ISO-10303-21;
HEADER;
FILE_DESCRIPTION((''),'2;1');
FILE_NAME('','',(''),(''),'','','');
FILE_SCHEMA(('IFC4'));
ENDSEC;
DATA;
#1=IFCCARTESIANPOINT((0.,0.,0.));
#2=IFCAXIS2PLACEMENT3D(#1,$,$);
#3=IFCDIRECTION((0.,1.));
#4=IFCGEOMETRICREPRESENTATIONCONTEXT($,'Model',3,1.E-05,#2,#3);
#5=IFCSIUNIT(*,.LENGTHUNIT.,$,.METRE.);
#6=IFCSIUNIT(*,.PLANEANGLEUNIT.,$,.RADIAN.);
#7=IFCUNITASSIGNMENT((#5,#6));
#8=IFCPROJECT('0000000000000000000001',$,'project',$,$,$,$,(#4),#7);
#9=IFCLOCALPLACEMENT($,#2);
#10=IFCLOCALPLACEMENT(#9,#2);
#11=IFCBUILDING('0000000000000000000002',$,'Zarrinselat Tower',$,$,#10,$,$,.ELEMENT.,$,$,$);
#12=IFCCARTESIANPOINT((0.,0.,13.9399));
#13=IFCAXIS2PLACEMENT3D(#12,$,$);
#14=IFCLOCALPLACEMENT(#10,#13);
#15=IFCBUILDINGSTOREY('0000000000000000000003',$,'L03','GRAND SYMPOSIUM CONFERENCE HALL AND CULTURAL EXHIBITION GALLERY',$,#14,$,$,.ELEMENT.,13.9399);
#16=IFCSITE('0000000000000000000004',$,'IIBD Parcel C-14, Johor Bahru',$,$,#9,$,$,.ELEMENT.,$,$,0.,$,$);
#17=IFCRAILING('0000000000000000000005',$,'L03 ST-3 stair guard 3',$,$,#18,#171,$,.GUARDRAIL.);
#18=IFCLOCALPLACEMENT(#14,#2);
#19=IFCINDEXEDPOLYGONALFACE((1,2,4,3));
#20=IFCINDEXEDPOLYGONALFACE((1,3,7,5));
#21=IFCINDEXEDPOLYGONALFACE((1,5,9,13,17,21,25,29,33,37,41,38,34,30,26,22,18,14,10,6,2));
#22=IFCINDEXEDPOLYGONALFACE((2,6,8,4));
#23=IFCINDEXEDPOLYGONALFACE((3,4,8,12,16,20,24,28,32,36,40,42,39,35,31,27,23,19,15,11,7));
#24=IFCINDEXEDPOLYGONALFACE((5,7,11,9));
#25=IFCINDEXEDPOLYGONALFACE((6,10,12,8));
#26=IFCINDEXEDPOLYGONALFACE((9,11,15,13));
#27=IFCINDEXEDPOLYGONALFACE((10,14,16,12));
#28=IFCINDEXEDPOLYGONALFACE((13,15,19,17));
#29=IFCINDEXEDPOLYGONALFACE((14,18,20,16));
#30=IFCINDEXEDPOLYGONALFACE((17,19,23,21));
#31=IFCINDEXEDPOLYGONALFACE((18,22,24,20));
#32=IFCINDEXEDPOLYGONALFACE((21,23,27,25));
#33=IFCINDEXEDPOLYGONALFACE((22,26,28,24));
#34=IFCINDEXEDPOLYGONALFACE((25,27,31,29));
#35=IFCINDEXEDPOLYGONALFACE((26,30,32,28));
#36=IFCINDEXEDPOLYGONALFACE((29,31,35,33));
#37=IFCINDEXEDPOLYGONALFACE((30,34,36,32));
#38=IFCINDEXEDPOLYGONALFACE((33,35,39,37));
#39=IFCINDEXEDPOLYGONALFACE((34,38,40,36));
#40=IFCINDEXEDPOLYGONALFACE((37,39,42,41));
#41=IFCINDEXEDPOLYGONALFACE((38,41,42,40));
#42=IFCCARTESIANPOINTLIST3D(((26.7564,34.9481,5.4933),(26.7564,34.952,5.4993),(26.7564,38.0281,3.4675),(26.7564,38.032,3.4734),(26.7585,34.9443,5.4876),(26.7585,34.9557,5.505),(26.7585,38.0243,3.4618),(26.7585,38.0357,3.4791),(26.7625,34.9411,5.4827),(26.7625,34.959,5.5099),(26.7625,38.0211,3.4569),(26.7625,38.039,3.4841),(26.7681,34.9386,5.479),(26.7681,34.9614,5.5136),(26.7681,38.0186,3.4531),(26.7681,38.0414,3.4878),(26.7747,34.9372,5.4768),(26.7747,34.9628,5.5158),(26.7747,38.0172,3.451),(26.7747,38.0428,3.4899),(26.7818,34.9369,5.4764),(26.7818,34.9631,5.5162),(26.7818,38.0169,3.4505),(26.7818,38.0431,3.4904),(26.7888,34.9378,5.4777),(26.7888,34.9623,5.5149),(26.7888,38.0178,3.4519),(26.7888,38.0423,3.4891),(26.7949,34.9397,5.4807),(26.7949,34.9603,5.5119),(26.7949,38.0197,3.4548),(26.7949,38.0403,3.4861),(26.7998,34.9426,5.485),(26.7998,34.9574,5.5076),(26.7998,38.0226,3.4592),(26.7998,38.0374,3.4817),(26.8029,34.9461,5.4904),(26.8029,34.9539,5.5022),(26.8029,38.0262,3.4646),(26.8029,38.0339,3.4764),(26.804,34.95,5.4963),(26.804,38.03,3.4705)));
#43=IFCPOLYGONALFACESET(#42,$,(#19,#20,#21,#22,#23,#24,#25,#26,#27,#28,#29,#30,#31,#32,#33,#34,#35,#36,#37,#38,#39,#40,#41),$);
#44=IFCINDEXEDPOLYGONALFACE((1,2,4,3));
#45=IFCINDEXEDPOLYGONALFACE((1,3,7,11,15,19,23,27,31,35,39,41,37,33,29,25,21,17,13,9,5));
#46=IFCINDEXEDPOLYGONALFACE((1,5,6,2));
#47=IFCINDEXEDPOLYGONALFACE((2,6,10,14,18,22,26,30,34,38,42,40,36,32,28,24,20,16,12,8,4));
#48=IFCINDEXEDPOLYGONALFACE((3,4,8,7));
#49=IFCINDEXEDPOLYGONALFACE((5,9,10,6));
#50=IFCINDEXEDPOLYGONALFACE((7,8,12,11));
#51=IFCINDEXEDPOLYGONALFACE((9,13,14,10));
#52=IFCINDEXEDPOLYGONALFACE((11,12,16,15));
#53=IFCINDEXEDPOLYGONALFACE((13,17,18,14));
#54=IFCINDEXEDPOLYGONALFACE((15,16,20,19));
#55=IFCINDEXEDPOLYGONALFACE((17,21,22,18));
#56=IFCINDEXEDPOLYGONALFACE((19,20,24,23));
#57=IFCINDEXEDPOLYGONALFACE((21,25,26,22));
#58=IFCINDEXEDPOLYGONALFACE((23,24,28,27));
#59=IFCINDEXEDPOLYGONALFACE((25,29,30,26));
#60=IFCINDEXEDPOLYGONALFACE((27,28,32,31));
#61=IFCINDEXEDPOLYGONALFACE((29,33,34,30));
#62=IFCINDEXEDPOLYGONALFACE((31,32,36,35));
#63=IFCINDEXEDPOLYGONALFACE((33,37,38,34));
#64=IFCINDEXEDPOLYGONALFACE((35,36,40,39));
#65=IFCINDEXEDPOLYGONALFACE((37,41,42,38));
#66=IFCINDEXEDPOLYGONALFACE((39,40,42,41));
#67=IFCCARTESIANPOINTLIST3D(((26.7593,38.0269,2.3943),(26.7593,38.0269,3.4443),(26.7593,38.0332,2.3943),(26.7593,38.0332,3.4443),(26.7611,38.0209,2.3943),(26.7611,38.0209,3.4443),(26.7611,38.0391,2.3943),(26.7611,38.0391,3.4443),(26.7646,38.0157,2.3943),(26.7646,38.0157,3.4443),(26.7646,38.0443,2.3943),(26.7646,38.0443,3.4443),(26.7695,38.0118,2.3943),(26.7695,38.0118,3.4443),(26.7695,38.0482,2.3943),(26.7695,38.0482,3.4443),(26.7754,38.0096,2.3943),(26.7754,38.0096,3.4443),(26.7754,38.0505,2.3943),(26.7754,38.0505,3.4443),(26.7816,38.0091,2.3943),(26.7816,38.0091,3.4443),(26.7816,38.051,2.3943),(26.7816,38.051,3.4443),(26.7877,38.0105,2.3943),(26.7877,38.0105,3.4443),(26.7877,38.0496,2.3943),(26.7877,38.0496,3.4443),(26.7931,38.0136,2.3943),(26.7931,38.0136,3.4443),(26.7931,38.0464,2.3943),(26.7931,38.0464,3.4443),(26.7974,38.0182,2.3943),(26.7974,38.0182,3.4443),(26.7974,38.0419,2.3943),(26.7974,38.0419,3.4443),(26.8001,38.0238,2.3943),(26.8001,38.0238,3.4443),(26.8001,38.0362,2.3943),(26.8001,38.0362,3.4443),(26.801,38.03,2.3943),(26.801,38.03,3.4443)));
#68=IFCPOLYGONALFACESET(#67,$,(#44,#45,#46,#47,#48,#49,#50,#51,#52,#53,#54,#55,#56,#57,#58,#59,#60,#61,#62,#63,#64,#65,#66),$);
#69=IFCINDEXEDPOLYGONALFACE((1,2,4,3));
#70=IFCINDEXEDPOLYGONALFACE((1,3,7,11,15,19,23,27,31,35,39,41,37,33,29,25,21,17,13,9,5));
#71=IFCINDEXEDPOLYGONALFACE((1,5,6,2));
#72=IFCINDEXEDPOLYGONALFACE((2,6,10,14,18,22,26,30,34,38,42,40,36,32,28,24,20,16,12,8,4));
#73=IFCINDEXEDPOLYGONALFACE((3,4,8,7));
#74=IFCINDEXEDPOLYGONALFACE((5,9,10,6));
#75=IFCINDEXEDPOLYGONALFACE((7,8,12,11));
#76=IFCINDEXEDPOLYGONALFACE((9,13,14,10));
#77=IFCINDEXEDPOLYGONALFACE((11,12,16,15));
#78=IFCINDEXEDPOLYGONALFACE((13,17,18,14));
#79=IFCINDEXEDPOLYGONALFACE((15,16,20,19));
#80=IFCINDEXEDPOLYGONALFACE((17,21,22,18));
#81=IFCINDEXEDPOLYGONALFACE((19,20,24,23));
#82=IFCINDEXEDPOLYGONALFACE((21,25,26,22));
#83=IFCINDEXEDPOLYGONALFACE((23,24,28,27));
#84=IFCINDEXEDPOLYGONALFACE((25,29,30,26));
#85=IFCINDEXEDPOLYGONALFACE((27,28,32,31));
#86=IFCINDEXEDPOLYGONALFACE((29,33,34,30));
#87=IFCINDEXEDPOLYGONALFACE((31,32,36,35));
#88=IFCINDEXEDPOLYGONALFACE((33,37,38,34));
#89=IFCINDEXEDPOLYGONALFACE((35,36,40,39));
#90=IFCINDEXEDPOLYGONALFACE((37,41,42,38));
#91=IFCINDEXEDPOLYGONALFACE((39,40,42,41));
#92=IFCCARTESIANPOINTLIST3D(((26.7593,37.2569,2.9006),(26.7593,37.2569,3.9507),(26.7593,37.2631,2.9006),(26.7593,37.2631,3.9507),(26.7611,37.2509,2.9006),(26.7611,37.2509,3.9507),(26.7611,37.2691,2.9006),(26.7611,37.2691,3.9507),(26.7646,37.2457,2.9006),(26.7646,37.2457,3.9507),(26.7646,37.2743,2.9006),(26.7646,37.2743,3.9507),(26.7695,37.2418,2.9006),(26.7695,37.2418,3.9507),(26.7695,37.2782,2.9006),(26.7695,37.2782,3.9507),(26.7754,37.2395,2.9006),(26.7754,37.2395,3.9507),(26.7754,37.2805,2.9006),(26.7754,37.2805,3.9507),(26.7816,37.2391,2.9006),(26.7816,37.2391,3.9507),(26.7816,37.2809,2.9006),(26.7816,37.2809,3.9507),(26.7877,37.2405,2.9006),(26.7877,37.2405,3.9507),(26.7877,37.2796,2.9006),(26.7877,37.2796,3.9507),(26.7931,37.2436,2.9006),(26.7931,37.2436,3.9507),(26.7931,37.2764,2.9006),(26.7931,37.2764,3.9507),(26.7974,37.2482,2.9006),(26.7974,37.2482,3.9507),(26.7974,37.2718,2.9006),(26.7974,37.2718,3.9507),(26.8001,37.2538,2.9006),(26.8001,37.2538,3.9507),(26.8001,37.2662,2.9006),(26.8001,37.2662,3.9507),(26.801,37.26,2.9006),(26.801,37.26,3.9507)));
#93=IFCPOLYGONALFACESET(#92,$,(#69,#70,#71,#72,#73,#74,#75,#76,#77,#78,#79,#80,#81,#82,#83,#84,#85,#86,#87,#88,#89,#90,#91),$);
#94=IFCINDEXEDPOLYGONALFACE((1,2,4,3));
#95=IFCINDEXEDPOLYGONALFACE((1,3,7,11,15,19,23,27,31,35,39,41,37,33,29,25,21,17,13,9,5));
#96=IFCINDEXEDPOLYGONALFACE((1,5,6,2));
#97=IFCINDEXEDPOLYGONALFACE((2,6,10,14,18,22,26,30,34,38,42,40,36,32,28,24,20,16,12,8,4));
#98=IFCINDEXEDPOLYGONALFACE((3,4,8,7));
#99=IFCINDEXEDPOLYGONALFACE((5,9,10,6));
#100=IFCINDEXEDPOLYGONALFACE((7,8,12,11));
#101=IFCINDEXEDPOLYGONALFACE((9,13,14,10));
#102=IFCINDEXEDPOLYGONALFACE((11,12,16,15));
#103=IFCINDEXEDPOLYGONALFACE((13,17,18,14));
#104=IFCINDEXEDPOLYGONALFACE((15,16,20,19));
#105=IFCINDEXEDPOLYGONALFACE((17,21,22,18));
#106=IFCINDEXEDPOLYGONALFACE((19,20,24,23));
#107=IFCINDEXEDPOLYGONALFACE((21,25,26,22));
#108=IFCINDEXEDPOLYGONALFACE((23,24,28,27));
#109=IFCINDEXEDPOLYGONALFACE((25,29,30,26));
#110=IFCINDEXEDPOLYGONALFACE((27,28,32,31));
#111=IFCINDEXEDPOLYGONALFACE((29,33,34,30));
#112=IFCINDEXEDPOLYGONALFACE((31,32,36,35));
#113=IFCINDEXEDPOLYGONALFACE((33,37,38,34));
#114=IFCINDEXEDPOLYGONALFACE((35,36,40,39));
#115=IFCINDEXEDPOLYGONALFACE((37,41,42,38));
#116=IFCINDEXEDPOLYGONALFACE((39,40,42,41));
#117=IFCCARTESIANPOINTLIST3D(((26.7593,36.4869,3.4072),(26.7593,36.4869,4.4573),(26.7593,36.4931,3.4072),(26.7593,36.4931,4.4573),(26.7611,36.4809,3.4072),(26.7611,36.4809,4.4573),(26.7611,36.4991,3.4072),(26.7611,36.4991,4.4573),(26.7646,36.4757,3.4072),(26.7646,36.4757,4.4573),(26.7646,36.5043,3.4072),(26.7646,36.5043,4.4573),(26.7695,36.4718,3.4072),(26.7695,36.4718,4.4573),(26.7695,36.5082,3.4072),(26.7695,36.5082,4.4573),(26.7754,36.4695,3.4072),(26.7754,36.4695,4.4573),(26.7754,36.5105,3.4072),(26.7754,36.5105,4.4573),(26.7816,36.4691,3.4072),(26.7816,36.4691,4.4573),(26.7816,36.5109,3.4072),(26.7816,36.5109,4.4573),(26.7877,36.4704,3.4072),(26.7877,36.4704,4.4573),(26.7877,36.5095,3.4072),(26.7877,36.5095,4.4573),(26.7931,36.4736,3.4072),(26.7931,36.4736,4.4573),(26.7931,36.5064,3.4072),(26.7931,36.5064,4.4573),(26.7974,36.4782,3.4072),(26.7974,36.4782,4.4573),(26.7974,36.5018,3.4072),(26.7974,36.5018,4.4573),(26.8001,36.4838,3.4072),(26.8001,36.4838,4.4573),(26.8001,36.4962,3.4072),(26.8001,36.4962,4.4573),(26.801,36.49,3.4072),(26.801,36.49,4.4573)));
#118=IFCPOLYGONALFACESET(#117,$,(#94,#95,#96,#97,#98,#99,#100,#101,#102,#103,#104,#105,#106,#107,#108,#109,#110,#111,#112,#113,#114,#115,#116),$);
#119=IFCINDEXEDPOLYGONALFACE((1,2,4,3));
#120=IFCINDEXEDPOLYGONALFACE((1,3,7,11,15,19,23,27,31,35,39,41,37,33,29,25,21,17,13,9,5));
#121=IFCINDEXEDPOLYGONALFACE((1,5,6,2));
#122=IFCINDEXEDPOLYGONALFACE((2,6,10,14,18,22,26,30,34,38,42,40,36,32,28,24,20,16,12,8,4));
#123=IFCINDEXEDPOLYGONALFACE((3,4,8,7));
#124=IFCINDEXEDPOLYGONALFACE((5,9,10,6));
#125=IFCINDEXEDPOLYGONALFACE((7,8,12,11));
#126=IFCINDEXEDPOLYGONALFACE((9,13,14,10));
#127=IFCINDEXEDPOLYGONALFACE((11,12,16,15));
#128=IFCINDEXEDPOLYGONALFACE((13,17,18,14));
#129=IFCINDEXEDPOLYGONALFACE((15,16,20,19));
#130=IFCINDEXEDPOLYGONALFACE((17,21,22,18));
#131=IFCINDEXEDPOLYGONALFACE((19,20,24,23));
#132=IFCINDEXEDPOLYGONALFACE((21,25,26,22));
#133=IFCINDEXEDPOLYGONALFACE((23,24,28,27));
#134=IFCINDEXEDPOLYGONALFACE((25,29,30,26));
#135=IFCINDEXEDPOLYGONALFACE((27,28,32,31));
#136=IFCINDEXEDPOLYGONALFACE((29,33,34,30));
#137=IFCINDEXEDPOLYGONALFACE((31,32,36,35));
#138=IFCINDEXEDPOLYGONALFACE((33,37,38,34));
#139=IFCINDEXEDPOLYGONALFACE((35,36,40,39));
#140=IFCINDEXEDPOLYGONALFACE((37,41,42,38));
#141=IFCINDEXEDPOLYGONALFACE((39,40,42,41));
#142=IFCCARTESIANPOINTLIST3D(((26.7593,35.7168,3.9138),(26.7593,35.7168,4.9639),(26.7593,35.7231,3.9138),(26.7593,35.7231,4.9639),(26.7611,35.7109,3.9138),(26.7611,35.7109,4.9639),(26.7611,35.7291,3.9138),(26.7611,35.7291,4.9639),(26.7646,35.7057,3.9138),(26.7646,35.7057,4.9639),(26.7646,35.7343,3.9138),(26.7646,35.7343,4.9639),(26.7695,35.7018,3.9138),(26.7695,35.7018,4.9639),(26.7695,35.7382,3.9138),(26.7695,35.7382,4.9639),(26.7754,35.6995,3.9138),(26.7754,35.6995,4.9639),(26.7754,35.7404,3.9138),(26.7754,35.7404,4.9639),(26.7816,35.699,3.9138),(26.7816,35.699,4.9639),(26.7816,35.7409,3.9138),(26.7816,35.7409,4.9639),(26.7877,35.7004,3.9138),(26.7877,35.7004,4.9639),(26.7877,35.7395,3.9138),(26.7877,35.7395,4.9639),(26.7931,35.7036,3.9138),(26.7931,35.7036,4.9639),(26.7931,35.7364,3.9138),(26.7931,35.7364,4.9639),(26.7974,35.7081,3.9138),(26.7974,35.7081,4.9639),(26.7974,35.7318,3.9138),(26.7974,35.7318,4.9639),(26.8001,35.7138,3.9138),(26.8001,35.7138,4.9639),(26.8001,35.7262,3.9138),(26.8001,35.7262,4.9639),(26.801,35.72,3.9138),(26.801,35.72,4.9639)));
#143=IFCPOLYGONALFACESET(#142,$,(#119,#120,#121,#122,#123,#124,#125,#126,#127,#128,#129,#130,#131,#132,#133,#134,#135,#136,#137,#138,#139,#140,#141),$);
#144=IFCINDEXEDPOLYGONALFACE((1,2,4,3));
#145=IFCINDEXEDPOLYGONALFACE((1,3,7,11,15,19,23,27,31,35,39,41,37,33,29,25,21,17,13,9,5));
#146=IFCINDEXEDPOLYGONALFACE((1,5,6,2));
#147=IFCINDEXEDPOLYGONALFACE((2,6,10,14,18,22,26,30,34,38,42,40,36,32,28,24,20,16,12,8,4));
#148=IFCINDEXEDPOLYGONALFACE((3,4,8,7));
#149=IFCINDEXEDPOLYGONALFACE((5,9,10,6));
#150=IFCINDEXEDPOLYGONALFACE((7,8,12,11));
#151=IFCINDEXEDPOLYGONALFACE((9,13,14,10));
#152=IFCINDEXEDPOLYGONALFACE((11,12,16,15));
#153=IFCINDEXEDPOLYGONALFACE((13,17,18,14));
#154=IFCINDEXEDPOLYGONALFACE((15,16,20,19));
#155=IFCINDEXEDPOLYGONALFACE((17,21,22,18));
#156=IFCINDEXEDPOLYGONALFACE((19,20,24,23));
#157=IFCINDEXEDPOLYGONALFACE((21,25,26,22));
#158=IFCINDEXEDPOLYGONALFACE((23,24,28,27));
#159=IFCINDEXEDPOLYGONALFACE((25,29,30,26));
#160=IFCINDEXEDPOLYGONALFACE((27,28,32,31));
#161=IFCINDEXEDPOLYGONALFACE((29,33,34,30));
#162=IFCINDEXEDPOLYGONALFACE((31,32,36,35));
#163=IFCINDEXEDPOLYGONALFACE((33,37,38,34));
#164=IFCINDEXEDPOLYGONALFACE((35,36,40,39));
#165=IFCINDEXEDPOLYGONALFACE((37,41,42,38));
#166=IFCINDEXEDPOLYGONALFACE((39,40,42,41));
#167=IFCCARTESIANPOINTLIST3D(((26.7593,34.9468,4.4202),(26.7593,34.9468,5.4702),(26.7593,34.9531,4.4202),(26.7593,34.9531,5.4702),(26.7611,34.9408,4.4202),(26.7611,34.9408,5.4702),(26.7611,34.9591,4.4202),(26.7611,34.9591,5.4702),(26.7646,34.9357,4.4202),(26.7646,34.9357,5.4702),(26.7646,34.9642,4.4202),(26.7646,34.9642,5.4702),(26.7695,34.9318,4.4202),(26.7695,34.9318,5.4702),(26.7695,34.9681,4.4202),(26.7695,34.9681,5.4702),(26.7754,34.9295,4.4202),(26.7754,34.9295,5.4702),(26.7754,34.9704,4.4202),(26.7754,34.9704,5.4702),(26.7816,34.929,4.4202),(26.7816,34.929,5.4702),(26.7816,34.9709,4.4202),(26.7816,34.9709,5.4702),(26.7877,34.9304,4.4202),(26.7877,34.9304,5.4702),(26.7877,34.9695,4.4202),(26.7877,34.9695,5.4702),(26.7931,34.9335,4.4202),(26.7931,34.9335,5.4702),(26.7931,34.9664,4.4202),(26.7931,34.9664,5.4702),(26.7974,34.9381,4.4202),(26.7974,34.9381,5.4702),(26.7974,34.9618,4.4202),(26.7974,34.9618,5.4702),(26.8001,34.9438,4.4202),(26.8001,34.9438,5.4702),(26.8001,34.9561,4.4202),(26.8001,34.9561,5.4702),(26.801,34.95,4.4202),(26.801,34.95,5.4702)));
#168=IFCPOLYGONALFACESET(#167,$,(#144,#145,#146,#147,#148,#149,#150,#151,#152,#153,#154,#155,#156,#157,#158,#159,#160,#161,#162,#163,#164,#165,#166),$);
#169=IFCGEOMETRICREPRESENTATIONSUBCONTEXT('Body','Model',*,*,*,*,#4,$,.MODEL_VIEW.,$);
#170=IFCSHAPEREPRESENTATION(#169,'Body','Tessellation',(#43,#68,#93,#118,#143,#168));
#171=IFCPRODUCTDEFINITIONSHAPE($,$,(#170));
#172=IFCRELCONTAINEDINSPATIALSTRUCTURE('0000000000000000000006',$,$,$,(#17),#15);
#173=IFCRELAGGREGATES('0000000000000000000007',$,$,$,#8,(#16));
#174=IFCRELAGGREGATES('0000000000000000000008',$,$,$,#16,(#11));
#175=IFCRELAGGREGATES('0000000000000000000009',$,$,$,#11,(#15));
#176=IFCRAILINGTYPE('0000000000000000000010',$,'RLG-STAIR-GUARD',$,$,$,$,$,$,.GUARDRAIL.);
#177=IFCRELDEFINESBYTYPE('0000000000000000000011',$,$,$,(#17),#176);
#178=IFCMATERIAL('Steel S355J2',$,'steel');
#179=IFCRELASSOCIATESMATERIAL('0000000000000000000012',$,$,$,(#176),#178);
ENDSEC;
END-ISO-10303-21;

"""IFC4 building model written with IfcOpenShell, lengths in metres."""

from ifc_helpers import new_model, si_unit, direction, frame, origin, origin_2d, place, context, subcontext, project, spatial, circle, extrude, material, type_object, element, save


model = new_model("IFC4")

# Units and contexts
model_context = context("Model", 3, precision=1e-05, world=origin(), true_north=direction((0.0, 1.0)))
body_context = subcontext(model_context, "Body", "Model", "MODEL_VIEW")
ifc_project = project(units=[si_unit("LENGTHUNIT", "METRE"), si_unit("PLANEANGLEUNIT", "RADIAN")], contexts=[model_context])

# Site, building, storey
site_placement = place(None, origin())
site = spatial("IfcSite", under=ifc_project, at=site_placement, Name="IIBD Parcel C-14, Johor Bahru", CompositionType="ELEMENT", RefElevation=0.0)
building_placement = place(site_placement, origin())
building = spatial("IfcBuilding", under=site, at=building_placement, Name="Zarrinselat Tower", CompositionType="ELEMENT")
storey_placement = place(building_placement, frame((0.0, 0.0, 13.9399)))
storey = spatial("IfcBuildingStorey", under=building, at=storey_placement, Name="L03", Description="GRAND SYMPOSIUM CONFERENCE HALL AND CULTURAL EXHIBITION GALLERY", CompositionType="ELEMENT", Elevation=13.9399)

# Railing
ifc_material_1 = material(Name="Steel S355J2", Category="steel")
railing_type_1 = type_object("IfcRailingType", Name="RLG-STAIR-GUARD", PredefinedType="GUARDRAIL", material=ifc_material_1)
railing_1_placement = place(storey_placement, frame((26.78, 38.03, 2.3943)))
element("IfcRailing", 1, at=railing_1_placement, inside=storey, type_object=railing_type_1, Name="L03 ST-3 stair guard 3", PredefinedType="GUARDRAIL", context=body_context, shape_type="SweptSolid", body=[
    extrude(circle(Radius=0.0239, at=origin_2d()), frame((0.0, 0.0, 1.0762), z_axis=(0.0, -0.835478, 0.549524), x_axis=(1.0, 0.0, 0.0)), (0.0, 0.0, 1.0), 3.6865),
    extrude(circle(Radius=0.021, at=origin_2d()), origin(), (0.0, 0.0, 1.0), 1.05),
    extrude(circle(Radius=0.021, at=origin_2d()), frame((0.0, -0.77, 0.5063)), (0.0, 0.0, 1.0), 1.05),
    extrude(circle(Radius=0.021, at=origin_2d()), frame((0.0, -1.54, 1.0129)), (0.0, 0.0, 1.0), 1.05),
    extrude(circle(Radius=0.021, at=origin_2d()), frame((0.0, -2.3101, 1.5195)), (0.0, 0.0, 1.0), 1.05),
    extrude(circle(Radius=0.021, at=origin_2d()), frame((0.0, -3.0801, 2.0259)), (0.0, 0.0, 1.0), 1.05),
])

save(model, "model.ifc")
